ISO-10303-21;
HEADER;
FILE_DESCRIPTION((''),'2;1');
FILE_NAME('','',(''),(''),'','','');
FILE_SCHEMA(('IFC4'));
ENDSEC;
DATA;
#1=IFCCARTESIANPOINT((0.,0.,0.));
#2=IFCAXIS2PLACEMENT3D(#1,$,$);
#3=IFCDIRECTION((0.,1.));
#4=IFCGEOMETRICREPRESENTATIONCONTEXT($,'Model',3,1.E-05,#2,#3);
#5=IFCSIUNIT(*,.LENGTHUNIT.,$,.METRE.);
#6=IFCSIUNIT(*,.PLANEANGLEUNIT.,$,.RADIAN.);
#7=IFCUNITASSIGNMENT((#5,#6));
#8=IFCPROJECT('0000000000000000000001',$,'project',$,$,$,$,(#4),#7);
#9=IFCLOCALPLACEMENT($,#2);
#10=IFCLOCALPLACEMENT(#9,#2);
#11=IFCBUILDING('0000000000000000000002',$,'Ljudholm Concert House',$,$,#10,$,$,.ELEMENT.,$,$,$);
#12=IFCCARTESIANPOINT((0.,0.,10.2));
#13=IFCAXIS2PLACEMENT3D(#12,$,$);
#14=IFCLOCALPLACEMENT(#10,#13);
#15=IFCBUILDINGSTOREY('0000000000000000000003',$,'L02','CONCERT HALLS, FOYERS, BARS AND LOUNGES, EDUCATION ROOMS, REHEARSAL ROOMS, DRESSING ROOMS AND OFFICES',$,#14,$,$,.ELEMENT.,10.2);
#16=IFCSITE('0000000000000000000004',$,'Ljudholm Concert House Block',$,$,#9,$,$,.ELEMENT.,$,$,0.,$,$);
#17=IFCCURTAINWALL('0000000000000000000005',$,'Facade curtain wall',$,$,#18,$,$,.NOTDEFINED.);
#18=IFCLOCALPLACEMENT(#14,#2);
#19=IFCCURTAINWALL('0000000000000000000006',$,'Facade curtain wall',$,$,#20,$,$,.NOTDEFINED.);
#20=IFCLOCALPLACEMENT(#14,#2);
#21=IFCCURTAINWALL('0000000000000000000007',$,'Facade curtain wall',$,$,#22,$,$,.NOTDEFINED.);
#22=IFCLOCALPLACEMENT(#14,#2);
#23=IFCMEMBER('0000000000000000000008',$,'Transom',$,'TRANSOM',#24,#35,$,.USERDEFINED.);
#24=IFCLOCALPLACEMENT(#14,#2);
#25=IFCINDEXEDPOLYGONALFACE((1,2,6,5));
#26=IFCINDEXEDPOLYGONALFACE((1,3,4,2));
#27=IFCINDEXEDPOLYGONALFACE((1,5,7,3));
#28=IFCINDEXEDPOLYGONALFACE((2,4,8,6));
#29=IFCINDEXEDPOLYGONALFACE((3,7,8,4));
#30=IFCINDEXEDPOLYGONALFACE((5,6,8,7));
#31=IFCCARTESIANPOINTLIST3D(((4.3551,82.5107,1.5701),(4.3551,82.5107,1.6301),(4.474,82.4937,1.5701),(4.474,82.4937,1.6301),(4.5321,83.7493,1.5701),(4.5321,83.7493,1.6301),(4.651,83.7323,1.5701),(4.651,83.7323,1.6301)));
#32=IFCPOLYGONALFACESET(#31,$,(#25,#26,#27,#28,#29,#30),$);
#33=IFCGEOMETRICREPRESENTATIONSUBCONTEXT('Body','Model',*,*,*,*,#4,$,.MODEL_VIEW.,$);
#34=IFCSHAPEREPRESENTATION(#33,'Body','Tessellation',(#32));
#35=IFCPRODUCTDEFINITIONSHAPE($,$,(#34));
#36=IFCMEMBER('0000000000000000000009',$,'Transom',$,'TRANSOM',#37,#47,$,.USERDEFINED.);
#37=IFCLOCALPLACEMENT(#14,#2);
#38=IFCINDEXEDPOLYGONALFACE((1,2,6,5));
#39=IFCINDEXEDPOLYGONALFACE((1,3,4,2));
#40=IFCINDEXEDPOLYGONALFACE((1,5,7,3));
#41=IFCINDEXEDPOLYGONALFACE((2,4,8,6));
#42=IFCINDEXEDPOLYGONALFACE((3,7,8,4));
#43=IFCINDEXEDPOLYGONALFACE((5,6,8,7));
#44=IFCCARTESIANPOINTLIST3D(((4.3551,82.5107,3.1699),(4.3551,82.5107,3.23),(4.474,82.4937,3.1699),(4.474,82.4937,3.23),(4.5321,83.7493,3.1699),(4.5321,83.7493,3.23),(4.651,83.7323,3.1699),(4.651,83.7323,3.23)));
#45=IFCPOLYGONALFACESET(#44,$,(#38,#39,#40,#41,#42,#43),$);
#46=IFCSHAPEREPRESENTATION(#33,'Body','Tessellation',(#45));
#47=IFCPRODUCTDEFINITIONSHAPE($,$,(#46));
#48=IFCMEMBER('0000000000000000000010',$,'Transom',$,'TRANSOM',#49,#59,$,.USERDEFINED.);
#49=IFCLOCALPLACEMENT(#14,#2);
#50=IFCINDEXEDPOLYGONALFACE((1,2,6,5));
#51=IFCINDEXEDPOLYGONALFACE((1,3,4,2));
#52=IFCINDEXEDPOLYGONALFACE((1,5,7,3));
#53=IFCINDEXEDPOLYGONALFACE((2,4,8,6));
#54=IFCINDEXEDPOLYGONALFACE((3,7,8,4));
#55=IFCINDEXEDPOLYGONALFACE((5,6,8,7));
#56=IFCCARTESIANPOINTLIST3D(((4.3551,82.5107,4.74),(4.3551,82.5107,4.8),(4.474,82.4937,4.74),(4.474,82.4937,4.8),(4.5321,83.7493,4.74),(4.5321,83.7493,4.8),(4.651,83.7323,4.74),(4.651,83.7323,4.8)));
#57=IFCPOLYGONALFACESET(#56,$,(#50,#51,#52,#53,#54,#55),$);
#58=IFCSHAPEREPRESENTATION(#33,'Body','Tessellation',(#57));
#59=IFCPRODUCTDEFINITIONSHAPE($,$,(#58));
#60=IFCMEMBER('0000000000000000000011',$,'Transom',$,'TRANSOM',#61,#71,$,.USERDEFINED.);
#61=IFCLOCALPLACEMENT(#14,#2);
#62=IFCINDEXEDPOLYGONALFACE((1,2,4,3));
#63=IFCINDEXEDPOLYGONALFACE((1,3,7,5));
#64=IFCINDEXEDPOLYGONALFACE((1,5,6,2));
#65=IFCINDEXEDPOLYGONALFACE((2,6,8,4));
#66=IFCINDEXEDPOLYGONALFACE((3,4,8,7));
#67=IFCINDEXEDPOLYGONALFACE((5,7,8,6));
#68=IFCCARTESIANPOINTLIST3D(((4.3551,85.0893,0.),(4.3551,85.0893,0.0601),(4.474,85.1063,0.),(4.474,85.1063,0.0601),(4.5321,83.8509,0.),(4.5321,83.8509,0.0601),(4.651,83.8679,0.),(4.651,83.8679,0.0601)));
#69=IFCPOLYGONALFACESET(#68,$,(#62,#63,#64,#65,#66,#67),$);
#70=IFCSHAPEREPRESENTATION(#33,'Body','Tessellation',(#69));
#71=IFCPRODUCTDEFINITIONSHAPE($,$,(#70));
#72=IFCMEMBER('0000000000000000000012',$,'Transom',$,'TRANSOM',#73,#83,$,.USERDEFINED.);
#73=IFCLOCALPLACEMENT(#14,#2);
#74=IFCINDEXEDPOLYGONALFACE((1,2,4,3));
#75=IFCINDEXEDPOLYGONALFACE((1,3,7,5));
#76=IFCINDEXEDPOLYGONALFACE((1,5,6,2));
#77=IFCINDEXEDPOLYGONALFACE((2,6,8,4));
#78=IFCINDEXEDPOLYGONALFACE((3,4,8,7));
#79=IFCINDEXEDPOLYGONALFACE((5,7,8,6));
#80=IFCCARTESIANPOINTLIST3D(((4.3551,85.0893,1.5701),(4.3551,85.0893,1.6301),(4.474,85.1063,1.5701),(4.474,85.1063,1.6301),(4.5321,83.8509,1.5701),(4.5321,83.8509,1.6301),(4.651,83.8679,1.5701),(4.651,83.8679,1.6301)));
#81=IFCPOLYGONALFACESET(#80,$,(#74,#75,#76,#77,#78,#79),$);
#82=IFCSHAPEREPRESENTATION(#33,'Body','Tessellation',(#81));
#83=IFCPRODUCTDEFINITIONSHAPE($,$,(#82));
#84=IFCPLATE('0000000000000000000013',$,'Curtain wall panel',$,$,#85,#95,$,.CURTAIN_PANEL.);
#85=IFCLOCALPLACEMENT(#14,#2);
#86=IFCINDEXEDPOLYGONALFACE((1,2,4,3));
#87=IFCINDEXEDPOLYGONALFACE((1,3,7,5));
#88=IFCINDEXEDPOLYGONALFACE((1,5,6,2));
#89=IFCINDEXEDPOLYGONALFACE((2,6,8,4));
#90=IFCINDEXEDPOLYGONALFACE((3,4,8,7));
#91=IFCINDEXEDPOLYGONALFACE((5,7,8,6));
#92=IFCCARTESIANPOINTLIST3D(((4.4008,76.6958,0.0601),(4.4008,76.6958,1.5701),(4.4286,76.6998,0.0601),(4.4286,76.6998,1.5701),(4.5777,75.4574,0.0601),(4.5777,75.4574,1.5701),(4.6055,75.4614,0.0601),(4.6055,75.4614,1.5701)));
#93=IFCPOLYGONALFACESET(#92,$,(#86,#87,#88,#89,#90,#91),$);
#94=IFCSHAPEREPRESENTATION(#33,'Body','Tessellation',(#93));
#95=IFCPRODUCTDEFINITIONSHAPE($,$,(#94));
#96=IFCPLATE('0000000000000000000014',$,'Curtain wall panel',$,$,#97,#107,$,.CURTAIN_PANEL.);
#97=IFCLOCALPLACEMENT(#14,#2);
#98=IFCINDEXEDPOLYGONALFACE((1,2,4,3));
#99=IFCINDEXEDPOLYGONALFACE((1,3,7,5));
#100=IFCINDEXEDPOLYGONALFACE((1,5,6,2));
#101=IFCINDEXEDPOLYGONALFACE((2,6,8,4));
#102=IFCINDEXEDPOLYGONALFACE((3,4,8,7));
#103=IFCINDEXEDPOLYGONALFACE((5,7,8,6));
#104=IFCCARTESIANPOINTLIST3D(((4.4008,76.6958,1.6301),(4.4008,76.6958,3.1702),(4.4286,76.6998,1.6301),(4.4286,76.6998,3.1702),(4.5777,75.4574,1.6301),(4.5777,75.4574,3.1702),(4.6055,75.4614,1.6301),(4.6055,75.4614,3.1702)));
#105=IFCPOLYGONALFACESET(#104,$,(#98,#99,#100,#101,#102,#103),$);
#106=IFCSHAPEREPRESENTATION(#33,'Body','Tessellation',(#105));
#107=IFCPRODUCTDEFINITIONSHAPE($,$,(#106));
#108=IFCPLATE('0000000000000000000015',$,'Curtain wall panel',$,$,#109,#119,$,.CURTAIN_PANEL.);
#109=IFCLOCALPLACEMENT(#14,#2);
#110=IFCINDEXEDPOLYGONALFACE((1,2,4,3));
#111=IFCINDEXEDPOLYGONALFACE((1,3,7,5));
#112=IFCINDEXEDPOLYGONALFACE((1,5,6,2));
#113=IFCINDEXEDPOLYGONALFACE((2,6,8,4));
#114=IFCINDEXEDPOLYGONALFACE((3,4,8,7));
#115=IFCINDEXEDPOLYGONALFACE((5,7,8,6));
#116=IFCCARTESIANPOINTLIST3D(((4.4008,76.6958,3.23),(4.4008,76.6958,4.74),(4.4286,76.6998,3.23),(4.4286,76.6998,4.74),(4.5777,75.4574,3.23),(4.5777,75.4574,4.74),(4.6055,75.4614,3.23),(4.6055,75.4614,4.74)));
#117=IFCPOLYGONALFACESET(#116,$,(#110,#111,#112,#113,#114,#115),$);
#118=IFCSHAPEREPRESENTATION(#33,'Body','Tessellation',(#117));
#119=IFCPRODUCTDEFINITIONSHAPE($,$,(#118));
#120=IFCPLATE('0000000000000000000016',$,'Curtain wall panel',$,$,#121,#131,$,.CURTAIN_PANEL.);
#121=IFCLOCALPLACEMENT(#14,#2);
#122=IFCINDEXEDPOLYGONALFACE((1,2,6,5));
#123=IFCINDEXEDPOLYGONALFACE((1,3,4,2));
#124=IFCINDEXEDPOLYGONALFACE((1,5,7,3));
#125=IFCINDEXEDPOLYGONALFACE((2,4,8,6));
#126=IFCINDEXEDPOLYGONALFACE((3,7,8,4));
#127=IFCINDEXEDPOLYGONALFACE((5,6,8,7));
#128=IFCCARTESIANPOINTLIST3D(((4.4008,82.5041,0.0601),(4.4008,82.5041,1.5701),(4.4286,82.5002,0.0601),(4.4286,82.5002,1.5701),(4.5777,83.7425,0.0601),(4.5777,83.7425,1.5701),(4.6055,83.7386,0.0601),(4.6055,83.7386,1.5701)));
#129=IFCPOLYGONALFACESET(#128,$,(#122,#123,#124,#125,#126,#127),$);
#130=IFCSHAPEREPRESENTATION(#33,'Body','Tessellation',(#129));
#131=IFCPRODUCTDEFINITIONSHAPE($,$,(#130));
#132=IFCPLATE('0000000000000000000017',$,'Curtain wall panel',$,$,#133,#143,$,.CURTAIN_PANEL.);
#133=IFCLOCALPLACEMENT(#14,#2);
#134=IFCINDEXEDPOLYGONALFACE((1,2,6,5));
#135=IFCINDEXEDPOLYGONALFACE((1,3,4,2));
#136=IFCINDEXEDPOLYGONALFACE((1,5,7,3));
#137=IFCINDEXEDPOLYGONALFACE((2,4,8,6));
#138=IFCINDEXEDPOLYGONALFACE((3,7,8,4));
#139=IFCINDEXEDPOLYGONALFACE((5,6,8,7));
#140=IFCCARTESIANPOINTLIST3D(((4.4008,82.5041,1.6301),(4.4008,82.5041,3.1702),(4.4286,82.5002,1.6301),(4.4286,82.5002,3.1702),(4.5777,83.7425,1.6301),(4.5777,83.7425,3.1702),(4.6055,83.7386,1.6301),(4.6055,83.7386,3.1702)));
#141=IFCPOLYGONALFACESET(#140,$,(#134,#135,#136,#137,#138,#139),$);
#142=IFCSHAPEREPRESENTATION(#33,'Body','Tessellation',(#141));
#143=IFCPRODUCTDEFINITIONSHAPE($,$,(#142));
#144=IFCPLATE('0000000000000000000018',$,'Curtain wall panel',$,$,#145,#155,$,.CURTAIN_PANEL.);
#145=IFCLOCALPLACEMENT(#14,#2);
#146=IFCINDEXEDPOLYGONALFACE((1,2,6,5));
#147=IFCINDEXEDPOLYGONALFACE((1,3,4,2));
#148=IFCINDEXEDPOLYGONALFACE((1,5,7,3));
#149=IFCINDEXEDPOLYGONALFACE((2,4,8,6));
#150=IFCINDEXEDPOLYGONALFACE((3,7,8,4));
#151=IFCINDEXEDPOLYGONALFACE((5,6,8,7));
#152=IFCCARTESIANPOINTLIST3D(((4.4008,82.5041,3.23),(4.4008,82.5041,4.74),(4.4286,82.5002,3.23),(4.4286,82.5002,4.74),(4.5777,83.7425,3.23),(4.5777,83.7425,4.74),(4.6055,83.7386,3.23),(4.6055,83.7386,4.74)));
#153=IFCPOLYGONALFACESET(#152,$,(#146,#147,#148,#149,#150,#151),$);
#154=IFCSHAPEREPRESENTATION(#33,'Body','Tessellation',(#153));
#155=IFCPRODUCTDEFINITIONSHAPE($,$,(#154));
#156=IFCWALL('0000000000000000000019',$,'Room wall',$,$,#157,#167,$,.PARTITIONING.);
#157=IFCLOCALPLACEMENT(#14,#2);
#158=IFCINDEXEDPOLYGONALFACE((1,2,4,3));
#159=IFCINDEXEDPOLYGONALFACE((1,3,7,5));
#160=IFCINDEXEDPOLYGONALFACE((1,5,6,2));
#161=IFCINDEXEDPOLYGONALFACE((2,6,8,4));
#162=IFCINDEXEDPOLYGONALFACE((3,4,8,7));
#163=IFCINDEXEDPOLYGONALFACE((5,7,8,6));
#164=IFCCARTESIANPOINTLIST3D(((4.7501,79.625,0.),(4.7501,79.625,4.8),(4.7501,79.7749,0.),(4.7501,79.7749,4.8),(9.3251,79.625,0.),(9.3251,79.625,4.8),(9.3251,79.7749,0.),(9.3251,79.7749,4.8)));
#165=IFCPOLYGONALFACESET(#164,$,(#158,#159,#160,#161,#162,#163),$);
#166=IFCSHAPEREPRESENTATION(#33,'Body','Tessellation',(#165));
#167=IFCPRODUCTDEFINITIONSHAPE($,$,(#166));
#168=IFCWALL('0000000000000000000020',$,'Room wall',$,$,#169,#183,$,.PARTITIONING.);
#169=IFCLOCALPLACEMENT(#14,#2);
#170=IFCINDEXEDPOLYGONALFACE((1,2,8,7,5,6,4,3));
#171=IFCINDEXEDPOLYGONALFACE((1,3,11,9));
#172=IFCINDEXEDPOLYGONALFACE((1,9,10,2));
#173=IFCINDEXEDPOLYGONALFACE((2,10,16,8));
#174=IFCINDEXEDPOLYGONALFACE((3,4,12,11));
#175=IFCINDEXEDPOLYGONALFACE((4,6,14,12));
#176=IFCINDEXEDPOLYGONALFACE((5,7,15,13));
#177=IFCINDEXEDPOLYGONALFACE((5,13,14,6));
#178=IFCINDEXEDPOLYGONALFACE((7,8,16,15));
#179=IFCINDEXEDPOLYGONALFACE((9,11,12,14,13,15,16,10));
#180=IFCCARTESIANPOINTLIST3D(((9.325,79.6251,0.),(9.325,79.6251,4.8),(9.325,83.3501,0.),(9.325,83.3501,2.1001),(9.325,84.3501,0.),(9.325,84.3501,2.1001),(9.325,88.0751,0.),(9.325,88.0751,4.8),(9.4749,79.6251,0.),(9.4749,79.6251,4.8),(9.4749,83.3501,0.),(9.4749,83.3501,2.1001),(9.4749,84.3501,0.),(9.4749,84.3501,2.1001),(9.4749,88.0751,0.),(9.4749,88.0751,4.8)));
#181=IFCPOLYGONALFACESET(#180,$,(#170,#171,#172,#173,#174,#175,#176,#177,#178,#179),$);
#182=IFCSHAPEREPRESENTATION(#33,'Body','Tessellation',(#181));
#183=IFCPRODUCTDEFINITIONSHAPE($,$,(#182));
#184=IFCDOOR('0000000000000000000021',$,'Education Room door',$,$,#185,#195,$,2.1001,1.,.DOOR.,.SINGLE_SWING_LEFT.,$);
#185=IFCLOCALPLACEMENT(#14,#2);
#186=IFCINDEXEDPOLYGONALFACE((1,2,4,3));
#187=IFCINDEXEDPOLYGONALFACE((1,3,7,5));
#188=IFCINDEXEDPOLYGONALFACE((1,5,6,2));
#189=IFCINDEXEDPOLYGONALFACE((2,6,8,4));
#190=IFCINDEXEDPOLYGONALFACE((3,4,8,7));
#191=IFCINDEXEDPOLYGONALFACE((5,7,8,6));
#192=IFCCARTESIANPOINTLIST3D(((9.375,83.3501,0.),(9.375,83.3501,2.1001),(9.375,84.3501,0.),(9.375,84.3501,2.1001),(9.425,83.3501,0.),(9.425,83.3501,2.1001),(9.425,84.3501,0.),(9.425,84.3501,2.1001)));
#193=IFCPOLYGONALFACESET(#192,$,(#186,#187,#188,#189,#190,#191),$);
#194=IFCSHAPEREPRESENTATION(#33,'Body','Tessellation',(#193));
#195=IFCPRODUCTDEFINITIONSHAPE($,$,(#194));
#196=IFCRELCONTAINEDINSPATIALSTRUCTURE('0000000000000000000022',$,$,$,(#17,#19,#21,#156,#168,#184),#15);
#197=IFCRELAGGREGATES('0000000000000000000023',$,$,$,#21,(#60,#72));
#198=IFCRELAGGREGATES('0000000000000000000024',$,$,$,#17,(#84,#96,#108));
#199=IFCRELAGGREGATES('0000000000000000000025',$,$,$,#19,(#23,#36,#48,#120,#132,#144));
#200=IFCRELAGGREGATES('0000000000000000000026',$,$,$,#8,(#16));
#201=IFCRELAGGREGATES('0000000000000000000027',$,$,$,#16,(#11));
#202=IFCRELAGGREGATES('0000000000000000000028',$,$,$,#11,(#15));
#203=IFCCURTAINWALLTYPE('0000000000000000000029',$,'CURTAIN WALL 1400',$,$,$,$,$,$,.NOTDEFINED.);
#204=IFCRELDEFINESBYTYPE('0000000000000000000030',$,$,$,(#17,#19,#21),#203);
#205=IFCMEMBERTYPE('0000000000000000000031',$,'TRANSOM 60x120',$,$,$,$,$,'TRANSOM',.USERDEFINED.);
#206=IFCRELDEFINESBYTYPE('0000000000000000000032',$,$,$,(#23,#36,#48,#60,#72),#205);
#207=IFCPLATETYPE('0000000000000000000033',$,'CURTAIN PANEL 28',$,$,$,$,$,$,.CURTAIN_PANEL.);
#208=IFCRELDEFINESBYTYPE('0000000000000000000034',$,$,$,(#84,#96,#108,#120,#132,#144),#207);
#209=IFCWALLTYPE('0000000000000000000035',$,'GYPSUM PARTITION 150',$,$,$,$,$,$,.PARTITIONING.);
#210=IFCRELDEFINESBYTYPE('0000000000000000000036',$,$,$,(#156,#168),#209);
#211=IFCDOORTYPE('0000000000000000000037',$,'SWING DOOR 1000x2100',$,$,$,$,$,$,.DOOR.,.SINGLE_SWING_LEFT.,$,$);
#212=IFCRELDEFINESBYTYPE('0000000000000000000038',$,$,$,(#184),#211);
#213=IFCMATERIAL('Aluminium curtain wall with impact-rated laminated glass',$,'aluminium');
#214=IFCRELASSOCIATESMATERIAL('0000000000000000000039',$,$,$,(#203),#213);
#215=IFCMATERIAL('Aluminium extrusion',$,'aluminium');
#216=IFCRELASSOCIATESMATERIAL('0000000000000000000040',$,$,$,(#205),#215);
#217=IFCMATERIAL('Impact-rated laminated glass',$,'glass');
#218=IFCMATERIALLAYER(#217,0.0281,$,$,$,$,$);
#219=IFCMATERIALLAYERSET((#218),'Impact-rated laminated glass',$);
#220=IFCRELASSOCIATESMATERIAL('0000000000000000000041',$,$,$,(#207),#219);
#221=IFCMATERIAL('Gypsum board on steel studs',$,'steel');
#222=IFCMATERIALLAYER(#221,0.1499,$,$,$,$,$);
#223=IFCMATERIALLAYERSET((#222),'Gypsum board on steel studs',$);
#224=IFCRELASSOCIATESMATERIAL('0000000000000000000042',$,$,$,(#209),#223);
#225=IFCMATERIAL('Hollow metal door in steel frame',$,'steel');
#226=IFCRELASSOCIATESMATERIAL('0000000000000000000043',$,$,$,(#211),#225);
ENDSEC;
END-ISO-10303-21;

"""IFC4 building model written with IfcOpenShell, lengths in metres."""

from ifc_helpers import new_model, si_unit, direction, frame, frame_2d, origin, origin_2d, place, context, subcontext, project, spatial, rectangle, extrude, material, layer, layer_set, material_profile, profile_set, type_object, element, fill, aggregate, save


model = new_model("IFC4")

# Units and contexts
model_context = context("Model", 3, precision=1e-05, world=origin(), true_north=direction((0.0, 1.0)))
body_context = subcontext(model_context, "Body", "Model", "MODEL_VIEW")
ifc_project = project(units=[si_unit("LENGTHUNIT", "METRE"), si_unit("PLANEANGLEUNIT", "RADIAN")], contexts=[model_context])

# Site, building, storey
site_placement = place(None, origin())
site = spatial("IfcSite", under=ifc_project, at=site_placement, Name="Ljudholm Concert House Block", CompositionType="ELEMENT", RefElevation=0.0)
building_placement = place(site_placement, origin())
building = spatial("IfcBuilding", under=site, at=building_placement, Name="Ljudholm Concert House", CompositionType="ELEMENT")
storey_placement = place(building_placement, frame((0.0, 0.0, 10.2)))
storey = spatial("IfcBuildingStorey", under=building, at=storey_placement, Name="L02", Description="CONCERT HALLS, FOYERS, BARS AND LOUNGES, EDUCATION ROOMS, REHEARSAL ROOMS, DRESSING ROOMS AND OFFICES", CompositionType="ELEMENT", Elevation=10.2)

# Shared definitions
ifc_material_1 = material(Name="Aluminium curtain wall with impact-rated laminated glass", Category="aluminium")
curtain_wall_type = type_object("IfcCurtainWallType", Name="CURTAIN WALL 1400", PredefinedType="NOTDEFINED", material=ifc_material_1)

# Curtain walls
curtain_wall_1_placement = place(storey_placement, origin())
curtain_wall_1 = element("IfcCurtainWall", 1, at=curtain_wall_1_placement, inside=storey, type_object=curtain_wall_type, Name="Facade curtain wall", PredefinedType="NOTDEFINED")
curtain_wall_2_placement = place(storey_placement, origin())
curtain_wall_2 = element("IfcCurtainWall", 2, at=curtain_wall_2_placement, inside=storey, type_object=curtain_wall_type, Name="Facade curtain wall", PredefinedType="NOTDEFINED")

# Curtain wall
curtain_wall_3_placement = place(storey_placement, origin())
curtain_wall_3 = element("IfcCurtainWall", 3, at=curtain_wall_3_placement, inside=storey, type_object=curtain_wall_type, Name="Facade curtain wall", PredefinedType="NOTDEFINED")

# Members
ifc_material_2 = material(Name="Aluminium extrusion", Category="aluminium")
ifc_material_profile_1 = material_profile(ifc_material_2, rectangle(XDim=0.1201, YDim=0.0601, at=origin_2d()), Name="TRANSOM 60x120")
ifc_profile_set_1 = profile_set([ifc_material_profile_1], Name="Aluminium extrusion")
member_type_1 = type_object("IfcMemberType", Name="TRANSOM 60x120", ElementType="TRANSOM", PredefinedType="USERDEFINED", material=ifc_profile_set_1)
member_1_placement = place(storey_placement, frame((4.4146, 82.5022, 1.6001), z_axis=(0.141476, 0.989942, 0.0), x_axis=(-0.989942, 0.141476, 0.0)))
member_1 = element("IfcMember", 4, at=member_1_placement, type_object=member_type_1, Name="Transom", ObjectType="TRANSOM", PredefinedType="USERDEFINED", context=body_context, shape_type="SweptSolid", body=[
    extrude(rectangle(XDim=0.1201, YDim=0.0601, at=origin_2d()), origin(), (0.0, 0.0, 1.0), 1.2512),
])
member_2_placement = place(storey_placement, frame((4.4146, 82.5022, 3.2), z_axis=(0.141476, 0.989942, 0.0), x_axis=(-0.989942, 0.141476, 0.0)))
member_2 = element("IfcMember", 5, at=member_2_placement, type_object=member_type_1, Name="Transom", ObjectType="TRANSOM", PredefinedType="USERDEFINED", context=body_context, shape_type="SweptSolid", body=[
    extrude(rectangle(XDim=0.1201, YDim=0.0601, at=origin_2d()), origin(), (0.0, 0.0, 1.0), 1.2512),
])
member_3_placement = place(storey_placement, frame((4.4146, 82.5022, 4.77), z_axis=(0.141476, 0.989942, 0.0), x_axis=(-0.989942, 0.141476, 0.0)))
member_3 = element("IfcMember", 6, at=member_3_placement, type_object=member_type_1, Name="Transom", ObjectType="TRANSOM", PredefinedType="USERDEFINED", context=body_context, shape_type="SweptSolid", body=[
    extrude(rectangle(XDim=0.1201, YDim=0.0601, at=origin_2d()), origin(), (0.0, 0.0, 1.0), 1.2512),
])
member_4_placement = place(storey_placement, frame((4.5916, 83.8594, 0.03), z_axis=(-0.141503, 0.989938, 0.0), x_axis=(-0.989938, -0.141503, 0.0)))
member_4 = element("IfcMember", 7, at=member_4_placement, type_object=member_type_1, Name="Transom", ObjectType="TRANSOM", PredefinedType="USERDEFINED", context=body_context, shape_type="SweptSolid", body=[
    extrude(rectangle(XDim=0.1201, YDim=0.0601, at=origin_2d()), origin(), (0.0, 0.0, 1.0), 1.251),
])
member_5_placement = place(storey_placement, frame((4.5916, 83.8594, 1.6001), z_axis=(-0.141503, 0.989938, 0.0), x_axis=(-0.989938, -0.141503, 0.0)))
member_5 = element("IfcMember", 8, at=member_5_placement, type_object=member_type_1, Name="Transom", ObjectType="TRANSOM", PredefinedType="USERDEFINED", context=body_context, shape_type="SweptSolid", body=[
    extrude(rectangle(XDim=0.1201, YDim=0.0601, at=origin_2d()), origin(), (0.0, 0.0, 1.0), 1.251),
])
aggregate(curtain_wall_3, [member_4, member_5])

# Plates
ifc_material_3 = material(Name="Impact-rated laminated glass", Category="glass")
ifc_layer_1 = layer(ifc_material_3, 0.0281)
ifc_layer_set_1 = layer_set([ifc_layer_1], Name="Impact-rated laminated glass")
plate_type = type_object("IfcPlateType", Name="CURTAIN PANEL 28", PredefinedType="CURTAIN_PANEL", material=ifc_layer_set_1)
plate_1_placement = place(storey_placement, frame((4.5032, 76.0786, 0.0601), z_axis=(0.0, 0.0, 1.0), x_axis=(-0.141421, 0.989949, 0.0)))
plate_1 = element("IfcPlate", 9, at=plate_1_placement, type_object=plate_type, Name="Curtain wall panel", PredefinedType="CURTAIN_PANEL", context=body_context, shape_type="SweptSolid", body=[
    extrude(rectangle(XDim=1.251, YDim=0.0281, at=origin_2d()), origin(), (0.0, 0.0, 1.0), 1.51),
])
plate_2_placement = place(storey_placement, frame((4.5032, 76.0786, 1.6301), z_axis=(0.0, 0.0, 1.0), x_axis=(-0.141421, 0.989949, 0.0)))
plate_2 = element("IfcPlate", 10, at=plate_2_placement, type_object=plate_type, Name="Curtain wall panel", PredefinedType="CURTAIN_PANEL", context=body_context, shape_type="SweptSolid", body=[
    extrude(rectangle(XDim=1.251, YDim=0.0281, at=origin_2d()), origin(), (0.0, 0.0, 1.0), 1.54),
])
plate_3_placement = place(storey_placement, frame((4.5032, 76.0786, 3.23), z_axis=(0.0, 0.0, 1.0), x_axis=(-0.141421, 0.989949, 0.0)))
plate_3 = element("IfcPlate", 11, at=plate_3_placement, type_object=plate_type, Name="Curtain wall panel", PredefinedType="CURTAIN_PANEL", context=body_context, shape_type="SweptSolid", body=[
    extrude(rectangle(XDim=1.251, YDim=0.0281, at=origin_2d()), origin(), (0.0, 0.0, 1.0), 1.51),
])
aggregate(curtain_wall_1, [plate_1, plate_2, plate_3])
plate_4_placement = place(storey_placement, frame((4.5032, 83.1213, 0.0601), z_axis=(0.0, 0.0, 1.0), x_axis=(0.141421, 0.989949, 0.0)))
plate_4 = element("IfcPlate", 12, at=plate_4_placement, type_object=plate_type, Name="Curtain wall panel", PredefinedType="CURTAIN_PANEL", context=body_context, shape_type="SweptSolid", body=[
    extrude(rectangle(XDim=1.251, YDim=0.0281, at=origin_2d()), origin(), (0.0, 0.0, 1.0), 1.51),
])
plate_5_placement = place(storey_placement, frame((4.5032, 83.1213, 1.6301), z_axis=(0.0, 0.0, 1.0), x_axis=(0.141421, 0.989949, 0.0)))
plate_5 = element("IfcPlate", 13, at=plate_5_placement, type_object=plate_type, Name="Curtain wall panel", PredefinedType="CURTAIN_PANEL", context=body_context, shape_type="SweptSolid", body=[
    extrude(rectangle(XDim=1.251, YDim=0.0281, at=origin_2d()), origin(), (0.0, 0.0, 1.0), 1.54),
])
plate_6_placement = place(storey_placement, frame((4.5032, 83.1213, 3.23), z_axis=(0.0, 0.0, 1.0), x_axis=(0.141421, 0.989949, 0.0)))
plate_6 = element("IfcPlate", 14, at=plate_6_placement, type_object=plate_type, Name="Curtain wall panel", PredefinedType="CURTAIN_PANEL", context=body_context, shape_type="SweptSolid", body=[
    extrude(rectangle(XDim=1.251, YDim=0.0281, at=origin_2d()), origin(), (0.0, 0.0, 1.0), 1.51),
])
aggregate(curtain_wall_2, [member_1, member_2, member_3, plate_4, plate_5, plate_6])

# Wall
ifc_material_4 = material(Name="Gypsum board on steel studs", Category="steel")
ifc_layer_2 = layer(ifc_material_4, 0.1499)
ifc_layer_set_2 = layer_set([ifc_layer_2], Name="Gypsum board on steel studs")
wall_type = type_object("IfcWallType", Name="GYPSUM PARTITION 150", PredefinedType="PARTITIONING", material=ifc_layer_set_2)
wall_1_placement = place(storey_placement, frame((4.75, 79.7, 0.0), z_axis=(0.0, 0.0, 1.0), x_axis=(1.0, 0.0, 0.0)))
element("IfcWall", 15, at=wall_1_placement, inside=storey, type_object=wall_type, Name="Room wall", PredefinedType="PARTITIONING", context=body_context, shape_type="SweptSolid", body=[
    extrude(rectangle(XDim=4.575, YDim=0.1499, at=frame_2d((2.2876, 0.0))), origin(), (0.0, 0.0, 1.0), 4.8),
])

# Wall, opening, door
wall_2_placement = place(storey_placement, frame((9.3999, 79.625, 0.0), z_axis=(0.0, 0.0, 1.0), x_axis=(0.0, 1.0, 0.0)))
wall_2 = element("IfcWall", 16, at=wall_2_placement, inside=storey, type_object=wall_type, Name="Room wall", PredefinedType="PARTITIONING", context=body_context, shape_type="SweptSolid", body=[
    extrude(rectangle(XDim=8.45, YDim=0.1499, at=frame_2d((4.2251, 0.0))), origin(), (0.0, 0.0, 1.0), 4.8),
])
opening_placement = place(wall_2_placement, frame((3.7251, 0.0, 0.0)))
opening = element("IfcOpeningElement", 17, at=opening_placement, cuts=wall_2, PredefinedType="OPENING", context=body_context, shape_type="SweptSolid", body=[
    extrude(rectangle(XDim=1.0, YDim=2.1001, at=frame_2d((0.5, 1.05))), frame((0.0, 0.085, 0.0), z_axis=(0.0, -1.0, 0.0), x_axis=(1.0, 0.0, 0.0)), (0.0, 0.0, 1.0), 0.1699),
])
ifc_material_5 = material(Name="Hollow metal door in steel frame", Category="steel")
door_type = type_object("IfcDoorType", Name="SWING DOOR 1000x2100", OperationType="SINGLE_SWING_LEFT", PredefinedType="DOOR", material=ifc_material_5)
door_placement = place(opening_placement, origin())
door = element("IfcDoor", 18, at=door_placement, inside=storey, type_object=door_type, Name="Education Room door", OperationType="SINGLE_SWING_LEFT", OverallHeight=2.1001, OverallWidth=1.0, PredefinedType="DOOR", context=body_context, shape_type="SweptSolid", body=[
    extrude(rectangle(XDim=1.0, YDim=2.1001, at=frame_2d((0.5, 1.05))), frame((0.0, 0.0249, 0.0), z_axis=(0.0, -1.0, 0.0), x_axis=(1.0, 0.0, 0.0)), (0.0, 0.0, 1.0), 0.05),
])
fill(opening, door)

save(model, "model.ifc")
